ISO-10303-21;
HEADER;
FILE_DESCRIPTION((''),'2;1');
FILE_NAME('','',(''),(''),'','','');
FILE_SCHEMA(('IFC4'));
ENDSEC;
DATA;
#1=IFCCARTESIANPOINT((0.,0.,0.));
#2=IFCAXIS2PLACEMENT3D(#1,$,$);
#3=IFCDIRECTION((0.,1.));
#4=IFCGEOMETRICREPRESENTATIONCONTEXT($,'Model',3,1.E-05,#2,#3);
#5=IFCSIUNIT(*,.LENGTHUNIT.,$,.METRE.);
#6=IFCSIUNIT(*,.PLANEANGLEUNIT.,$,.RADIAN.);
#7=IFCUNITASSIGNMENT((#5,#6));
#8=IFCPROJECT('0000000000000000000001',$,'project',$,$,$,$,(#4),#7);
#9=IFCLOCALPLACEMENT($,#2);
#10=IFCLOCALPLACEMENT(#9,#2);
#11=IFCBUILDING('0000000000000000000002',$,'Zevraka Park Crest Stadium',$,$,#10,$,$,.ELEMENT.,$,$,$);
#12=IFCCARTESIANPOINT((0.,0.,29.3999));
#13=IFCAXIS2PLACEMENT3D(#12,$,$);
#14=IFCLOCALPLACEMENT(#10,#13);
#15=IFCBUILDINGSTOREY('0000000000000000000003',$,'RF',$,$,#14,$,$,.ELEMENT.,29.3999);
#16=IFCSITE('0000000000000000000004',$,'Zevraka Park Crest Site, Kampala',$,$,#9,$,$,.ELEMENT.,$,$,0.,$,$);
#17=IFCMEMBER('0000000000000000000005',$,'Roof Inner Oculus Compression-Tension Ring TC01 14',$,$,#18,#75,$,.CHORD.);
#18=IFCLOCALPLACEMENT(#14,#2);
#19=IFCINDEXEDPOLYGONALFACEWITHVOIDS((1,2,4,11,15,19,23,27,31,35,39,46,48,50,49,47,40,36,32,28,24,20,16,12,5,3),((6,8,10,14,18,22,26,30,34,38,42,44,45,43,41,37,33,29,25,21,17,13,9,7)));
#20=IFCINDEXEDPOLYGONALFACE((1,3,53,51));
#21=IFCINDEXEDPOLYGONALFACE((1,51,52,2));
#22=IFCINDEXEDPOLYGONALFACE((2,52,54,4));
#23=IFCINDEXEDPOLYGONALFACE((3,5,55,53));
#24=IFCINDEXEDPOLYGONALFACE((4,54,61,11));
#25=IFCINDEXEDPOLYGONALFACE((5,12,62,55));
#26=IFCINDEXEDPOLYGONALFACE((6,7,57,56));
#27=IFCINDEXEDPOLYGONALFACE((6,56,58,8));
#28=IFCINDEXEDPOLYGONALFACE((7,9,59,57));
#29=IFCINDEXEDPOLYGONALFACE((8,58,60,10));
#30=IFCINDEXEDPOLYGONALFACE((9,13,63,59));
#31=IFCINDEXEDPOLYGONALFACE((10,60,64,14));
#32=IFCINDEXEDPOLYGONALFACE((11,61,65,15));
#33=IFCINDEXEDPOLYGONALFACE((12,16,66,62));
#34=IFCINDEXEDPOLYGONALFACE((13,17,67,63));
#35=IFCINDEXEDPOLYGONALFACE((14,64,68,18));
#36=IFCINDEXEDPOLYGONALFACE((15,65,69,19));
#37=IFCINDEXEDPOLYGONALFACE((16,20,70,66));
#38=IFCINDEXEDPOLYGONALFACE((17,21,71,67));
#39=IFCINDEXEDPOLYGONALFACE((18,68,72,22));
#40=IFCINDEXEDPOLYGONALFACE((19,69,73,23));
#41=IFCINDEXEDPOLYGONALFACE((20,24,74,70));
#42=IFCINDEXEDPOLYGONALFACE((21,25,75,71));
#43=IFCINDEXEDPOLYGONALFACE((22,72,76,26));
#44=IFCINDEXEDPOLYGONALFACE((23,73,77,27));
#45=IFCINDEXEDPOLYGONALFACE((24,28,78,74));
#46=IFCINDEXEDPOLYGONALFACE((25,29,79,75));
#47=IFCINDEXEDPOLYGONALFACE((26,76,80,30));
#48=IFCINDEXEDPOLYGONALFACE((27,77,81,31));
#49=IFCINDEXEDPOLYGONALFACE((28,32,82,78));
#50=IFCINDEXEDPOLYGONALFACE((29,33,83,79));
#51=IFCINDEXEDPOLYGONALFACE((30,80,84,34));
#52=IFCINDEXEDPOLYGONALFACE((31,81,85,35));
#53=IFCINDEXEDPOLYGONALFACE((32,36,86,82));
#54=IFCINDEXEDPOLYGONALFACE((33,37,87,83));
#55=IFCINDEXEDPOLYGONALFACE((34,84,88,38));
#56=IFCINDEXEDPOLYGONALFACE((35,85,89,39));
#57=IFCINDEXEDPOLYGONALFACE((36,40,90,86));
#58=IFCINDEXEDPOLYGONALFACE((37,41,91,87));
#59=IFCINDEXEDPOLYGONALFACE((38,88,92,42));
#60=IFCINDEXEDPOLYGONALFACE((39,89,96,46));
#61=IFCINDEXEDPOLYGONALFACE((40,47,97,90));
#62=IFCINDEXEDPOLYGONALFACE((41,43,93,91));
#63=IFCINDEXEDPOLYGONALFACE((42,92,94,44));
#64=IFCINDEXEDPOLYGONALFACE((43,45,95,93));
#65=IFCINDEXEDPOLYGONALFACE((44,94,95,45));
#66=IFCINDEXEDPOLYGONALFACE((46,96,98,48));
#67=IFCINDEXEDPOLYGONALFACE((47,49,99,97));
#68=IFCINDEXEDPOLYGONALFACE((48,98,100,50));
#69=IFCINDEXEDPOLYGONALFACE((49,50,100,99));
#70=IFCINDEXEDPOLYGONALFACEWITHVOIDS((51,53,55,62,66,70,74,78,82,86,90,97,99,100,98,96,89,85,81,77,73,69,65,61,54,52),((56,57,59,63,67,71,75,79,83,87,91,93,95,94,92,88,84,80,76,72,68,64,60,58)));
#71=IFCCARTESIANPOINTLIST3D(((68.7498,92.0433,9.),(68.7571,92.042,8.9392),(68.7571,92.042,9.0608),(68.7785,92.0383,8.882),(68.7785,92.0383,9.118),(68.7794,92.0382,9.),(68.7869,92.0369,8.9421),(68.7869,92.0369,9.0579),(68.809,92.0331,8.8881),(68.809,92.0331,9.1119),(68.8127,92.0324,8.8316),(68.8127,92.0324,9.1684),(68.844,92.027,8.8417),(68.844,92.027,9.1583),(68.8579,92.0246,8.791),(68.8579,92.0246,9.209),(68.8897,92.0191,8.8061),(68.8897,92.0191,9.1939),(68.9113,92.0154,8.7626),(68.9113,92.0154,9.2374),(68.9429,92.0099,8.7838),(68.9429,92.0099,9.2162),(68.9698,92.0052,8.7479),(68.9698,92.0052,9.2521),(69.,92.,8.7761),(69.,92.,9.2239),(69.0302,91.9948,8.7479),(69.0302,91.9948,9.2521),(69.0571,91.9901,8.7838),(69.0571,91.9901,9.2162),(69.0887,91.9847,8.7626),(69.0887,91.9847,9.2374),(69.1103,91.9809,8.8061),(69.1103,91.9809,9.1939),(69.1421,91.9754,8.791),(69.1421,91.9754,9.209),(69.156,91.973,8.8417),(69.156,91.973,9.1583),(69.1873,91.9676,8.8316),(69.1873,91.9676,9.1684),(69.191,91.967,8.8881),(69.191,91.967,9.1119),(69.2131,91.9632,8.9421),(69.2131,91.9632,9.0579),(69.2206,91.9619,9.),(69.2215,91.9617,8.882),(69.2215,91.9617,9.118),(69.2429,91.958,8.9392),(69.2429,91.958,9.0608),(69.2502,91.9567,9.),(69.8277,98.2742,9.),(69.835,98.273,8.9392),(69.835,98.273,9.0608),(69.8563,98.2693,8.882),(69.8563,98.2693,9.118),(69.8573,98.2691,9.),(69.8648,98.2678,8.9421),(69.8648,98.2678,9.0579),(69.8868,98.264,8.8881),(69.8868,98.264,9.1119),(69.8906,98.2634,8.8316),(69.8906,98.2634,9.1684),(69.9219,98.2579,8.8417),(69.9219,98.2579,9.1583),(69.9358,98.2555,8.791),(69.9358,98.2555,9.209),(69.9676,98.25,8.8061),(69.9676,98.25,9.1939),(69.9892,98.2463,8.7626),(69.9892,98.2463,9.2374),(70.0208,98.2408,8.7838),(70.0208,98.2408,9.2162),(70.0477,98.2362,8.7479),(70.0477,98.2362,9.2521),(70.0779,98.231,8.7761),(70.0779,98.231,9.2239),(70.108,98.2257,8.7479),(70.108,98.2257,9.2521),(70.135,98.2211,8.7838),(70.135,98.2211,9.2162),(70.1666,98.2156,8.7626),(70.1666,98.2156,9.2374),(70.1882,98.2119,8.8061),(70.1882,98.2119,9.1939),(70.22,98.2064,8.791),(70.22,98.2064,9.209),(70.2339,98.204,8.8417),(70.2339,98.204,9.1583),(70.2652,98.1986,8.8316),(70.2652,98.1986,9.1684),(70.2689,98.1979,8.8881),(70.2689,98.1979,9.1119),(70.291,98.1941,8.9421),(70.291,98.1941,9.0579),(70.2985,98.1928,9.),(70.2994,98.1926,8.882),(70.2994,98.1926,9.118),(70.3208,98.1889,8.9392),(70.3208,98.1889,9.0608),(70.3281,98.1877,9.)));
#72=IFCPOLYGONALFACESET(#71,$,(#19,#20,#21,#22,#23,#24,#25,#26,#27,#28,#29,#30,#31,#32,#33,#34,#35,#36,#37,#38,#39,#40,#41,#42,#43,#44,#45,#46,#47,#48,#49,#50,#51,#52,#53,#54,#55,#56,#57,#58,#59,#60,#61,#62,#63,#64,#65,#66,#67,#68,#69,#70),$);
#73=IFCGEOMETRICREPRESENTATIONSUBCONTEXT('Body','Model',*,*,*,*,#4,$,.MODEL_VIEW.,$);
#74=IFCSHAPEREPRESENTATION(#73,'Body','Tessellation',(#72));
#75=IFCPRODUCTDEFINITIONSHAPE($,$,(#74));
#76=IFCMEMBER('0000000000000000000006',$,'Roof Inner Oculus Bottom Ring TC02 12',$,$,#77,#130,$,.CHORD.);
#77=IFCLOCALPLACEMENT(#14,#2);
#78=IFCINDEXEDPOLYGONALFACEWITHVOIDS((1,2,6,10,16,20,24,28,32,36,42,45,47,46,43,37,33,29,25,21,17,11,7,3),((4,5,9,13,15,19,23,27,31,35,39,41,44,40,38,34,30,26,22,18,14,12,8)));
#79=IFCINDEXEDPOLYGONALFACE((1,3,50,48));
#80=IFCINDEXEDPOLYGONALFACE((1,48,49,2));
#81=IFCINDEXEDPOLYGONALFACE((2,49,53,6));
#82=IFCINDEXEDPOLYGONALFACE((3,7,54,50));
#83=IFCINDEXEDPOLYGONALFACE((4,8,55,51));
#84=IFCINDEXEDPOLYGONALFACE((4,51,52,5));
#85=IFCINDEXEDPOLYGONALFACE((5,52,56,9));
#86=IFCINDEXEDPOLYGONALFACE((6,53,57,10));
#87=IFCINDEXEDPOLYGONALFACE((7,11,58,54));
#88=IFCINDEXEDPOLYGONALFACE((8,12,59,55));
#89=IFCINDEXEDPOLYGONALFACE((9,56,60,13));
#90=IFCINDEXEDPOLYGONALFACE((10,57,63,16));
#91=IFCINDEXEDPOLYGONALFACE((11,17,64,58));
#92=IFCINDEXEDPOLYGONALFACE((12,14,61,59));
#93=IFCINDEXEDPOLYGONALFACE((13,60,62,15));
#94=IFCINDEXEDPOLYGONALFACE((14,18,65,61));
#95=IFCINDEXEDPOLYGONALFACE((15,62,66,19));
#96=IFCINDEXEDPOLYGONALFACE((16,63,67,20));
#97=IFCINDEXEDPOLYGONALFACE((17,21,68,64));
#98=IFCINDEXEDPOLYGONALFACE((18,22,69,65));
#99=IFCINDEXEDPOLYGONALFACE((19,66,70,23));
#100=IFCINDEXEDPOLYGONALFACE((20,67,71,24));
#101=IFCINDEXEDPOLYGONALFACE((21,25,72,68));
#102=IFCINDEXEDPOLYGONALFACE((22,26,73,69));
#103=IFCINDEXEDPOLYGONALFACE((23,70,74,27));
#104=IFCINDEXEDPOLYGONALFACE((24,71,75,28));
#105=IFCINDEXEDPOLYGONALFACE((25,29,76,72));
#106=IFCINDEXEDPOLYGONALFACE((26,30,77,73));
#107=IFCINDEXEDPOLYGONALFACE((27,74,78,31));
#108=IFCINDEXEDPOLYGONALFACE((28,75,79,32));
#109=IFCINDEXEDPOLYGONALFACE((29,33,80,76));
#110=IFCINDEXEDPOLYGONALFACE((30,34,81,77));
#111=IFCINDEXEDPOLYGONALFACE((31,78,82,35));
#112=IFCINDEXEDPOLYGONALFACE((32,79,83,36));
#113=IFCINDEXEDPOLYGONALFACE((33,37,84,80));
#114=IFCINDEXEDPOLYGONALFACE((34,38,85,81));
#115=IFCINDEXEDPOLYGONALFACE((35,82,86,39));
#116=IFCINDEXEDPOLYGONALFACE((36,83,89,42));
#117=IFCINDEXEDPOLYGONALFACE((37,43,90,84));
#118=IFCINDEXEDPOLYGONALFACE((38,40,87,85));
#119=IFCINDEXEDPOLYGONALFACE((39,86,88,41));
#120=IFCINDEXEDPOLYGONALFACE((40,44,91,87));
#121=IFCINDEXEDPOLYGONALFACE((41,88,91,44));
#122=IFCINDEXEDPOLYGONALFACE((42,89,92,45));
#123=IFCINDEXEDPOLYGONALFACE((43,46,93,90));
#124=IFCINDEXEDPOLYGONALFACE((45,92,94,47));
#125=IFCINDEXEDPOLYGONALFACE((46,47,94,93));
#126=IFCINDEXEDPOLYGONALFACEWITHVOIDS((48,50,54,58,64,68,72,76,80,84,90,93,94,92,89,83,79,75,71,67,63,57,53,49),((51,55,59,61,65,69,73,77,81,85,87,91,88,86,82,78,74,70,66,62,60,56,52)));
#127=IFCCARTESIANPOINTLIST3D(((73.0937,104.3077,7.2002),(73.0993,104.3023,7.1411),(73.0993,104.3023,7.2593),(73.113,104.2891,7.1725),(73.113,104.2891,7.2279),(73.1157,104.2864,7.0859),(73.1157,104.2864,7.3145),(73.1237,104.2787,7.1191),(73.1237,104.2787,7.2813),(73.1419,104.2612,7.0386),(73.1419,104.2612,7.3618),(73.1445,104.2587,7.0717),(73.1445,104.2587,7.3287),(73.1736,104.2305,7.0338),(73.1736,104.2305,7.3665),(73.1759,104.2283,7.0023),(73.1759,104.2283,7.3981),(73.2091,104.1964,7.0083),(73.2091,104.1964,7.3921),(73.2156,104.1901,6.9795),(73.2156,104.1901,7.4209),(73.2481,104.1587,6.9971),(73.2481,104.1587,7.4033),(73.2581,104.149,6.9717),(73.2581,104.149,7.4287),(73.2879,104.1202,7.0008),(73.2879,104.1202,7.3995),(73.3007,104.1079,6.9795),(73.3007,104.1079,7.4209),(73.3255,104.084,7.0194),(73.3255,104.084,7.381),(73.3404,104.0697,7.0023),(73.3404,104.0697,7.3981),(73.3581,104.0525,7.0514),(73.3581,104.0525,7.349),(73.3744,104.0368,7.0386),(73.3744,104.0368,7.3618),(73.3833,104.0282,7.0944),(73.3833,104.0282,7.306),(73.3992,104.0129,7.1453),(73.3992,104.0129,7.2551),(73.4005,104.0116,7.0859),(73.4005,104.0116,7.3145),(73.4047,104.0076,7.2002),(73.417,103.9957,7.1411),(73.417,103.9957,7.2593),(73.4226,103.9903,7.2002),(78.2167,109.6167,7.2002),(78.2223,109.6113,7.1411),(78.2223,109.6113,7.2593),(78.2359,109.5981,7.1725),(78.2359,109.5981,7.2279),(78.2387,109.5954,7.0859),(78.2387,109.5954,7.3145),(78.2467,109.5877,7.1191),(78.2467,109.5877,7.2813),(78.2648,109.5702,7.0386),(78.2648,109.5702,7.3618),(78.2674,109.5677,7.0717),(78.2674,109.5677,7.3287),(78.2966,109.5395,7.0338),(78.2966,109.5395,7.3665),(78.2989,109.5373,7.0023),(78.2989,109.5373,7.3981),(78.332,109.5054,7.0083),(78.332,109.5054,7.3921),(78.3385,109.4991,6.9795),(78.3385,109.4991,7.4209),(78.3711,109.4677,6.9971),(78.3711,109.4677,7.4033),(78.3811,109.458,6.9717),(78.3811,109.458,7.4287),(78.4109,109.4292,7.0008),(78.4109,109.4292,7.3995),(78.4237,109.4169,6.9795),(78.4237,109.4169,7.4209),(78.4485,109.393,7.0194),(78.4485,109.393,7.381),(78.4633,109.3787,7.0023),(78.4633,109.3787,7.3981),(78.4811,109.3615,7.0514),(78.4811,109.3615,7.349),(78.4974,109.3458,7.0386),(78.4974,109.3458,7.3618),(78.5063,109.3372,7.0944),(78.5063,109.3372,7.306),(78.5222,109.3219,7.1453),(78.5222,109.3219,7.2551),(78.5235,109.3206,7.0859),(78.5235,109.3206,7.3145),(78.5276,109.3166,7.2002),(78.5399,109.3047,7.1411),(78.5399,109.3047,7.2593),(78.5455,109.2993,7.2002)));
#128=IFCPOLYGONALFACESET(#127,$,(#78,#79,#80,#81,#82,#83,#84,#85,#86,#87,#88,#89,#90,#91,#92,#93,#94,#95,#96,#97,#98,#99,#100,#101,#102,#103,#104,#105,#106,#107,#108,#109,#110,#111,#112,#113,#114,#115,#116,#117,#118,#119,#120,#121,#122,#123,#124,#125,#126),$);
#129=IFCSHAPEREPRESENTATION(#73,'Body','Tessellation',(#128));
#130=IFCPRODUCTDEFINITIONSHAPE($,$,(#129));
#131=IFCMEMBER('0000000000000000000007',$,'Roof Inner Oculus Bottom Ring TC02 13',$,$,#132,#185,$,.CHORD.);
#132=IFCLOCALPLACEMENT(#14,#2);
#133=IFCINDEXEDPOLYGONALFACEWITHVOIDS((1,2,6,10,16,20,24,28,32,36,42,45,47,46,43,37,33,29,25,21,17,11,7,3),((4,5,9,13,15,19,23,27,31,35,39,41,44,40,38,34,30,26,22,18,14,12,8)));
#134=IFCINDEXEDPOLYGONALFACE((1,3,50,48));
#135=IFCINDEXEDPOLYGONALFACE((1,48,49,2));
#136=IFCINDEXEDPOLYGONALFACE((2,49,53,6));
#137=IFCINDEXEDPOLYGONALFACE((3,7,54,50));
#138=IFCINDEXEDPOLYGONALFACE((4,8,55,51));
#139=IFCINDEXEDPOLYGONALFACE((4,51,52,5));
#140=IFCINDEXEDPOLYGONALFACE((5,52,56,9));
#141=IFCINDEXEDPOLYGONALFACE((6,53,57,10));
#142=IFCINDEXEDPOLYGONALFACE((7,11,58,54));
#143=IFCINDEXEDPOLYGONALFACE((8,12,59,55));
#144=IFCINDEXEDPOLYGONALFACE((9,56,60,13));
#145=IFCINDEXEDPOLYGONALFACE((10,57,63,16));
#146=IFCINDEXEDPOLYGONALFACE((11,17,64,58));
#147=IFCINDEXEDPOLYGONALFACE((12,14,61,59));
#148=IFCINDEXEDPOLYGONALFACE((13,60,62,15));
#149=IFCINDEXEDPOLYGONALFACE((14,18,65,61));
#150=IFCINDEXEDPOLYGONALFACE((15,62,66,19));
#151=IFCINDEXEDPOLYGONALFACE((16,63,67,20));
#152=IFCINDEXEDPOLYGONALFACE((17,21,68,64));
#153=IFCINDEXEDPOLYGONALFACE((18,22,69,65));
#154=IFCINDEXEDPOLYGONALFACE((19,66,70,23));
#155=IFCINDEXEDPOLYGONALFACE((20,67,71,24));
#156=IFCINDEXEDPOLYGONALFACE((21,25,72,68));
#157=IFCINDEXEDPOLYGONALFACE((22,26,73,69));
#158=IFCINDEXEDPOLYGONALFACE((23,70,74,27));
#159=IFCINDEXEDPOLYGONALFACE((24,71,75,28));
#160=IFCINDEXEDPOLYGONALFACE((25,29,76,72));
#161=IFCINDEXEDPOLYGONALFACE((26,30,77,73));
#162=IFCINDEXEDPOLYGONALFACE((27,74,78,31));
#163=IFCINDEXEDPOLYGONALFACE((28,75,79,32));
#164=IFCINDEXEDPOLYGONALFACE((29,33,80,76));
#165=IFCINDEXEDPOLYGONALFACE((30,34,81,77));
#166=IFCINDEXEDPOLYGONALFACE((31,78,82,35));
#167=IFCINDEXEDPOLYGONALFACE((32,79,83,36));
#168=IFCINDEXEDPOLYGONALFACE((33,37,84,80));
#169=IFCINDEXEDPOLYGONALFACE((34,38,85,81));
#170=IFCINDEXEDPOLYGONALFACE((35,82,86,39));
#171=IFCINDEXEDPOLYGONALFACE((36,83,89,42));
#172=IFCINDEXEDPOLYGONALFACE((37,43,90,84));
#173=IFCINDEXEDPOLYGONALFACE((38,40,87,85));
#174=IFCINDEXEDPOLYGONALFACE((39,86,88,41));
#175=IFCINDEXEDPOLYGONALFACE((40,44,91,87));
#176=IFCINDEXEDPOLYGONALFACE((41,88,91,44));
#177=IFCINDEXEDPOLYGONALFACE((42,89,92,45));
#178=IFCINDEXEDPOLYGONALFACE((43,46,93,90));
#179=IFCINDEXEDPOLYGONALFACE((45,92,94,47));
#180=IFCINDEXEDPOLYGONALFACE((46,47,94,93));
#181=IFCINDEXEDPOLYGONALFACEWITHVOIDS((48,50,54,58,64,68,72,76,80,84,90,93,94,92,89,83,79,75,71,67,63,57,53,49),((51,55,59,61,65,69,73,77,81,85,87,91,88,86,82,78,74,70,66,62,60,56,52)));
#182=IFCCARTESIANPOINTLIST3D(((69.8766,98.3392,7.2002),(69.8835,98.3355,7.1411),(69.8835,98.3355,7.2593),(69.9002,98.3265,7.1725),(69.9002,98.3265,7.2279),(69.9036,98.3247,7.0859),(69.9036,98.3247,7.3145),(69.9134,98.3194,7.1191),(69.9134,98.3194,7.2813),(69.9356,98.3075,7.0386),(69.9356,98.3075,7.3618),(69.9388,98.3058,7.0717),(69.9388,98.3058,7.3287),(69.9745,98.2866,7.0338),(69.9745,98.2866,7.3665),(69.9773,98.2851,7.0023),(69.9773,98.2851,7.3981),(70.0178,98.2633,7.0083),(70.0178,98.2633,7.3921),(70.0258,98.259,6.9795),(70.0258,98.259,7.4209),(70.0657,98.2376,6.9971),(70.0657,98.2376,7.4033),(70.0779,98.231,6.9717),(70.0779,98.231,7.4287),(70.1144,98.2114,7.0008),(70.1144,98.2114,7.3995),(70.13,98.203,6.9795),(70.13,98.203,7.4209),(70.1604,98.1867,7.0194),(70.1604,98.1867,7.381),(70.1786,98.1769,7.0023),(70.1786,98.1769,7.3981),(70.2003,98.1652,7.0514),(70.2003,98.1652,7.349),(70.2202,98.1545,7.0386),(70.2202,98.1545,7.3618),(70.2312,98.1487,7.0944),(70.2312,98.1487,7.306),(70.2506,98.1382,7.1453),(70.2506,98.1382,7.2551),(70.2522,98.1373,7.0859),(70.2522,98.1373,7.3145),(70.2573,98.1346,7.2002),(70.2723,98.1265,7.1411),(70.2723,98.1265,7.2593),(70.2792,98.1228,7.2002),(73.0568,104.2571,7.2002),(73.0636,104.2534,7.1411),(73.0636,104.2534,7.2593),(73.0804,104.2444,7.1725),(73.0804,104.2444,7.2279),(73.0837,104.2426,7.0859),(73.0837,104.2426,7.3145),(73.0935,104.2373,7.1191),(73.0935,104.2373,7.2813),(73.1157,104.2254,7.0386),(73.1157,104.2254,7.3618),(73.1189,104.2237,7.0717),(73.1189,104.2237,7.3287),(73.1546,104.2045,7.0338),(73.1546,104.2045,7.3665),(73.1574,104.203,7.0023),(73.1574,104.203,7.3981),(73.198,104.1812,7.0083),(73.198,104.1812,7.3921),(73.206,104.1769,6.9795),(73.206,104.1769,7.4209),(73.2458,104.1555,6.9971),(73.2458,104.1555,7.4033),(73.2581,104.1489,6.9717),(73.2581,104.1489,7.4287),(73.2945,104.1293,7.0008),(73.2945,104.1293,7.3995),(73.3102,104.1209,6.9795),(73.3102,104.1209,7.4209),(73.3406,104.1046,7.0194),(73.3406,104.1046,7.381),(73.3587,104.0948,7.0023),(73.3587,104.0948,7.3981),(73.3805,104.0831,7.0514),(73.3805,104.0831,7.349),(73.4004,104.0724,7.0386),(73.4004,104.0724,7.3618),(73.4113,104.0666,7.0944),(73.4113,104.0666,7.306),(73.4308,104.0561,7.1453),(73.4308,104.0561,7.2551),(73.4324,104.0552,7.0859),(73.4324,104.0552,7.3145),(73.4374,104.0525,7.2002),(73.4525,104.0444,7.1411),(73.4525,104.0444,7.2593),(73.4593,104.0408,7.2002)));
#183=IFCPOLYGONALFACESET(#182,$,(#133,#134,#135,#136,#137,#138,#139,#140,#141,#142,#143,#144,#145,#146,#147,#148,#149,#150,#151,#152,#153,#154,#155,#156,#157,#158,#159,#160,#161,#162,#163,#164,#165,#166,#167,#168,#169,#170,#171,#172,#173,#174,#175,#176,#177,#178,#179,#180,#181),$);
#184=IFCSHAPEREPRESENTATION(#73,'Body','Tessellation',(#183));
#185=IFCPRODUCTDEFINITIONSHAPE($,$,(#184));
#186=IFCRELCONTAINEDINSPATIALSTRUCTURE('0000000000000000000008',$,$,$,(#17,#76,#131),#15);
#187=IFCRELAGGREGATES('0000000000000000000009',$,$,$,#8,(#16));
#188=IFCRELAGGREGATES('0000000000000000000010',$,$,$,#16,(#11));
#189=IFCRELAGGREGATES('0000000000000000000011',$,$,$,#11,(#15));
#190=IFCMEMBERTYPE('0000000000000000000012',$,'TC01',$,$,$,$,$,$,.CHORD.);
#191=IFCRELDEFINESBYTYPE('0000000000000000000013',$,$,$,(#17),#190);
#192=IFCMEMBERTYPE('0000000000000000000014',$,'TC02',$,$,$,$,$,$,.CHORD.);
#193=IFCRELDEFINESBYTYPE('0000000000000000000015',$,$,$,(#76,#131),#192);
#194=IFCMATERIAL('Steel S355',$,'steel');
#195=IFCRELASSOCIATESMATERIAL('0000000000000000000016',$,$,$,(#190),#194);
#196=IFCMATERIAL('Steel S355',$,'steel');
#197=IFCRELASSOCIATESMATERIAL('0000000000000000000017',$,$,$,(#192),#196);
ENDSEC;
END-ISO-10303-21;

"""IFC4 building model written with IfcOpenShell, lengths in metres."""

from ifc_helpers import new_model, si_unit, direction, frame, origin, origin_2d, place, context, subcontext, project, spatial, hollow_circle, extrude, material, material_profile, profile_set, type_object, element, save


model = new_model("IFC4")

# Units and contexts
model_context = context("Model", 3, precision=1e-05, world=origin(), true_north=direction((0.0, 1.0)))
body_context = subcontext(model_context, "Body", "Model", "MODEL_VIEW")
ifc_project = project(units=[si_unit("LENGTHUNIT", "METRE"), si_unit("PLANEANGLEUNIT", "RADIAN")], contexts=[model_context])

# Site, building, storey
site_placement = place(None, origin())
site = spatial("IfcSite", under=ifc_project, at=site_placement, Name="Zevraka Park Crest Site, Kampala", CompositionType="ELEMENT", RefElevation=0.0)
building_placement = place(site_placement, origin())
building = spatial("IfcBuilding", under=site, at=building_placement, Name="Zevraka Park Crest Stadium", CompositionType="ELEMENT")
storey_placement = place(building_placement, frame((0.0, 0.0, 29.3999)))
storey = spatial("IfcBuildingStorey", under=building, at=storey_placement, Name="RF", CompositionType="ELEMENT", Elevation=29.3999)

# Members
ifc_material_1 = material(Name="Steel S355", Category="steel")
ifc_material_profile_1 = material_profile(ifc_material_1, hollow_circle(Radius=0.2539, WallThickness=0.03, at=origin_2d()), Name="CHS 508.0x30")
ifc_profile_set_1 = profile_set([ifc_material_profile_1], Name="Steel S355")
member_type_1 = type_object("IfcMemberType", Name="TC01", PredefinedType="CHORD", material=ifc_profile_set_1)
member_1_placement = place(storey_placement, frame((70.0779, 98.231, 9.0), z_axis=(-0.170456, -0.985365, 0.0), x_axis=(0.985365, -0.170456, 0.0)))
element("IfcMember", 1, at=member_1_placement, inside=storey, type_object=member_type_1, Name="Roof Inner Oculus Compression-Tension Ring TC01 14", PredefinedType="CHORD", context=body_context, shape_type="SweptSolid", body=[
    extrude(hollow_circle(Radius=0.2539, WallThickness=0.03, at=origin_2d()), origin(), (0.0, 0.0, 1.0), 6.3235),
])
ifc_material_2 = material(Name="Steel S355", Category="steel")
ifc_material_profile_2 = material_profile(ifc_material_2, hollow_circle(Radius=0.2285, WallThickness=0.0249, at=origin_2d()), Name="CHS 457.0x25")
ifc_profile_set_2 = profile_set([ifc_material_profile_2], Name="Steel S355")
member_type_2 = type_object("IfcMemberType", Name="TC02", PredefinedType="CHORD", material=ifc_profile_set_2)
member_2_placement = place(storey_placement, frame((78.3811, 109.458, 7.2002), z_axis=(-0.694387, -0.719602, 0.0), x_axis=(0.719602, -0.694387, 0.0)))
element("IfcMember", 2, at=member_2_placement, inside=storey, type_object=member_type_2, Name="Roof Inner Oculus Bottom Ring TC02 12", PredefinedType="CHORD", context=body_context, shape_type="SweptSolid", body=[
    extrude(hollow_circle(Radius=0.2285, WallThickness=0.0249, at=origin_2d()), origin(), (0.0, 0.0, 1.0), 7.3777),
])
member_3_placement = place(storey_placement, frame((73.2581, 104.1489, 7.2002), z_axis=(-0.473359, -0.88087, 0.0), x_axis=(0.88087, -0.473359, 0.0)))
element("IfcMember", 3, at=member_3_placement, inside=storey, type_object=member_type_2, Name="Roof Inner Oculus Bottom Ring TC02 13", PredefinedType="CHORD", context=body_context, shape_type="SweptSolid", body=[
    extrude(hollow_circle(Radius=0.2285, WallThickness=0.0249, at=origin_2d()), origin(), (0.0, 0.0, 1.0), 6.7183),
])

save(model, "model.ifc")
